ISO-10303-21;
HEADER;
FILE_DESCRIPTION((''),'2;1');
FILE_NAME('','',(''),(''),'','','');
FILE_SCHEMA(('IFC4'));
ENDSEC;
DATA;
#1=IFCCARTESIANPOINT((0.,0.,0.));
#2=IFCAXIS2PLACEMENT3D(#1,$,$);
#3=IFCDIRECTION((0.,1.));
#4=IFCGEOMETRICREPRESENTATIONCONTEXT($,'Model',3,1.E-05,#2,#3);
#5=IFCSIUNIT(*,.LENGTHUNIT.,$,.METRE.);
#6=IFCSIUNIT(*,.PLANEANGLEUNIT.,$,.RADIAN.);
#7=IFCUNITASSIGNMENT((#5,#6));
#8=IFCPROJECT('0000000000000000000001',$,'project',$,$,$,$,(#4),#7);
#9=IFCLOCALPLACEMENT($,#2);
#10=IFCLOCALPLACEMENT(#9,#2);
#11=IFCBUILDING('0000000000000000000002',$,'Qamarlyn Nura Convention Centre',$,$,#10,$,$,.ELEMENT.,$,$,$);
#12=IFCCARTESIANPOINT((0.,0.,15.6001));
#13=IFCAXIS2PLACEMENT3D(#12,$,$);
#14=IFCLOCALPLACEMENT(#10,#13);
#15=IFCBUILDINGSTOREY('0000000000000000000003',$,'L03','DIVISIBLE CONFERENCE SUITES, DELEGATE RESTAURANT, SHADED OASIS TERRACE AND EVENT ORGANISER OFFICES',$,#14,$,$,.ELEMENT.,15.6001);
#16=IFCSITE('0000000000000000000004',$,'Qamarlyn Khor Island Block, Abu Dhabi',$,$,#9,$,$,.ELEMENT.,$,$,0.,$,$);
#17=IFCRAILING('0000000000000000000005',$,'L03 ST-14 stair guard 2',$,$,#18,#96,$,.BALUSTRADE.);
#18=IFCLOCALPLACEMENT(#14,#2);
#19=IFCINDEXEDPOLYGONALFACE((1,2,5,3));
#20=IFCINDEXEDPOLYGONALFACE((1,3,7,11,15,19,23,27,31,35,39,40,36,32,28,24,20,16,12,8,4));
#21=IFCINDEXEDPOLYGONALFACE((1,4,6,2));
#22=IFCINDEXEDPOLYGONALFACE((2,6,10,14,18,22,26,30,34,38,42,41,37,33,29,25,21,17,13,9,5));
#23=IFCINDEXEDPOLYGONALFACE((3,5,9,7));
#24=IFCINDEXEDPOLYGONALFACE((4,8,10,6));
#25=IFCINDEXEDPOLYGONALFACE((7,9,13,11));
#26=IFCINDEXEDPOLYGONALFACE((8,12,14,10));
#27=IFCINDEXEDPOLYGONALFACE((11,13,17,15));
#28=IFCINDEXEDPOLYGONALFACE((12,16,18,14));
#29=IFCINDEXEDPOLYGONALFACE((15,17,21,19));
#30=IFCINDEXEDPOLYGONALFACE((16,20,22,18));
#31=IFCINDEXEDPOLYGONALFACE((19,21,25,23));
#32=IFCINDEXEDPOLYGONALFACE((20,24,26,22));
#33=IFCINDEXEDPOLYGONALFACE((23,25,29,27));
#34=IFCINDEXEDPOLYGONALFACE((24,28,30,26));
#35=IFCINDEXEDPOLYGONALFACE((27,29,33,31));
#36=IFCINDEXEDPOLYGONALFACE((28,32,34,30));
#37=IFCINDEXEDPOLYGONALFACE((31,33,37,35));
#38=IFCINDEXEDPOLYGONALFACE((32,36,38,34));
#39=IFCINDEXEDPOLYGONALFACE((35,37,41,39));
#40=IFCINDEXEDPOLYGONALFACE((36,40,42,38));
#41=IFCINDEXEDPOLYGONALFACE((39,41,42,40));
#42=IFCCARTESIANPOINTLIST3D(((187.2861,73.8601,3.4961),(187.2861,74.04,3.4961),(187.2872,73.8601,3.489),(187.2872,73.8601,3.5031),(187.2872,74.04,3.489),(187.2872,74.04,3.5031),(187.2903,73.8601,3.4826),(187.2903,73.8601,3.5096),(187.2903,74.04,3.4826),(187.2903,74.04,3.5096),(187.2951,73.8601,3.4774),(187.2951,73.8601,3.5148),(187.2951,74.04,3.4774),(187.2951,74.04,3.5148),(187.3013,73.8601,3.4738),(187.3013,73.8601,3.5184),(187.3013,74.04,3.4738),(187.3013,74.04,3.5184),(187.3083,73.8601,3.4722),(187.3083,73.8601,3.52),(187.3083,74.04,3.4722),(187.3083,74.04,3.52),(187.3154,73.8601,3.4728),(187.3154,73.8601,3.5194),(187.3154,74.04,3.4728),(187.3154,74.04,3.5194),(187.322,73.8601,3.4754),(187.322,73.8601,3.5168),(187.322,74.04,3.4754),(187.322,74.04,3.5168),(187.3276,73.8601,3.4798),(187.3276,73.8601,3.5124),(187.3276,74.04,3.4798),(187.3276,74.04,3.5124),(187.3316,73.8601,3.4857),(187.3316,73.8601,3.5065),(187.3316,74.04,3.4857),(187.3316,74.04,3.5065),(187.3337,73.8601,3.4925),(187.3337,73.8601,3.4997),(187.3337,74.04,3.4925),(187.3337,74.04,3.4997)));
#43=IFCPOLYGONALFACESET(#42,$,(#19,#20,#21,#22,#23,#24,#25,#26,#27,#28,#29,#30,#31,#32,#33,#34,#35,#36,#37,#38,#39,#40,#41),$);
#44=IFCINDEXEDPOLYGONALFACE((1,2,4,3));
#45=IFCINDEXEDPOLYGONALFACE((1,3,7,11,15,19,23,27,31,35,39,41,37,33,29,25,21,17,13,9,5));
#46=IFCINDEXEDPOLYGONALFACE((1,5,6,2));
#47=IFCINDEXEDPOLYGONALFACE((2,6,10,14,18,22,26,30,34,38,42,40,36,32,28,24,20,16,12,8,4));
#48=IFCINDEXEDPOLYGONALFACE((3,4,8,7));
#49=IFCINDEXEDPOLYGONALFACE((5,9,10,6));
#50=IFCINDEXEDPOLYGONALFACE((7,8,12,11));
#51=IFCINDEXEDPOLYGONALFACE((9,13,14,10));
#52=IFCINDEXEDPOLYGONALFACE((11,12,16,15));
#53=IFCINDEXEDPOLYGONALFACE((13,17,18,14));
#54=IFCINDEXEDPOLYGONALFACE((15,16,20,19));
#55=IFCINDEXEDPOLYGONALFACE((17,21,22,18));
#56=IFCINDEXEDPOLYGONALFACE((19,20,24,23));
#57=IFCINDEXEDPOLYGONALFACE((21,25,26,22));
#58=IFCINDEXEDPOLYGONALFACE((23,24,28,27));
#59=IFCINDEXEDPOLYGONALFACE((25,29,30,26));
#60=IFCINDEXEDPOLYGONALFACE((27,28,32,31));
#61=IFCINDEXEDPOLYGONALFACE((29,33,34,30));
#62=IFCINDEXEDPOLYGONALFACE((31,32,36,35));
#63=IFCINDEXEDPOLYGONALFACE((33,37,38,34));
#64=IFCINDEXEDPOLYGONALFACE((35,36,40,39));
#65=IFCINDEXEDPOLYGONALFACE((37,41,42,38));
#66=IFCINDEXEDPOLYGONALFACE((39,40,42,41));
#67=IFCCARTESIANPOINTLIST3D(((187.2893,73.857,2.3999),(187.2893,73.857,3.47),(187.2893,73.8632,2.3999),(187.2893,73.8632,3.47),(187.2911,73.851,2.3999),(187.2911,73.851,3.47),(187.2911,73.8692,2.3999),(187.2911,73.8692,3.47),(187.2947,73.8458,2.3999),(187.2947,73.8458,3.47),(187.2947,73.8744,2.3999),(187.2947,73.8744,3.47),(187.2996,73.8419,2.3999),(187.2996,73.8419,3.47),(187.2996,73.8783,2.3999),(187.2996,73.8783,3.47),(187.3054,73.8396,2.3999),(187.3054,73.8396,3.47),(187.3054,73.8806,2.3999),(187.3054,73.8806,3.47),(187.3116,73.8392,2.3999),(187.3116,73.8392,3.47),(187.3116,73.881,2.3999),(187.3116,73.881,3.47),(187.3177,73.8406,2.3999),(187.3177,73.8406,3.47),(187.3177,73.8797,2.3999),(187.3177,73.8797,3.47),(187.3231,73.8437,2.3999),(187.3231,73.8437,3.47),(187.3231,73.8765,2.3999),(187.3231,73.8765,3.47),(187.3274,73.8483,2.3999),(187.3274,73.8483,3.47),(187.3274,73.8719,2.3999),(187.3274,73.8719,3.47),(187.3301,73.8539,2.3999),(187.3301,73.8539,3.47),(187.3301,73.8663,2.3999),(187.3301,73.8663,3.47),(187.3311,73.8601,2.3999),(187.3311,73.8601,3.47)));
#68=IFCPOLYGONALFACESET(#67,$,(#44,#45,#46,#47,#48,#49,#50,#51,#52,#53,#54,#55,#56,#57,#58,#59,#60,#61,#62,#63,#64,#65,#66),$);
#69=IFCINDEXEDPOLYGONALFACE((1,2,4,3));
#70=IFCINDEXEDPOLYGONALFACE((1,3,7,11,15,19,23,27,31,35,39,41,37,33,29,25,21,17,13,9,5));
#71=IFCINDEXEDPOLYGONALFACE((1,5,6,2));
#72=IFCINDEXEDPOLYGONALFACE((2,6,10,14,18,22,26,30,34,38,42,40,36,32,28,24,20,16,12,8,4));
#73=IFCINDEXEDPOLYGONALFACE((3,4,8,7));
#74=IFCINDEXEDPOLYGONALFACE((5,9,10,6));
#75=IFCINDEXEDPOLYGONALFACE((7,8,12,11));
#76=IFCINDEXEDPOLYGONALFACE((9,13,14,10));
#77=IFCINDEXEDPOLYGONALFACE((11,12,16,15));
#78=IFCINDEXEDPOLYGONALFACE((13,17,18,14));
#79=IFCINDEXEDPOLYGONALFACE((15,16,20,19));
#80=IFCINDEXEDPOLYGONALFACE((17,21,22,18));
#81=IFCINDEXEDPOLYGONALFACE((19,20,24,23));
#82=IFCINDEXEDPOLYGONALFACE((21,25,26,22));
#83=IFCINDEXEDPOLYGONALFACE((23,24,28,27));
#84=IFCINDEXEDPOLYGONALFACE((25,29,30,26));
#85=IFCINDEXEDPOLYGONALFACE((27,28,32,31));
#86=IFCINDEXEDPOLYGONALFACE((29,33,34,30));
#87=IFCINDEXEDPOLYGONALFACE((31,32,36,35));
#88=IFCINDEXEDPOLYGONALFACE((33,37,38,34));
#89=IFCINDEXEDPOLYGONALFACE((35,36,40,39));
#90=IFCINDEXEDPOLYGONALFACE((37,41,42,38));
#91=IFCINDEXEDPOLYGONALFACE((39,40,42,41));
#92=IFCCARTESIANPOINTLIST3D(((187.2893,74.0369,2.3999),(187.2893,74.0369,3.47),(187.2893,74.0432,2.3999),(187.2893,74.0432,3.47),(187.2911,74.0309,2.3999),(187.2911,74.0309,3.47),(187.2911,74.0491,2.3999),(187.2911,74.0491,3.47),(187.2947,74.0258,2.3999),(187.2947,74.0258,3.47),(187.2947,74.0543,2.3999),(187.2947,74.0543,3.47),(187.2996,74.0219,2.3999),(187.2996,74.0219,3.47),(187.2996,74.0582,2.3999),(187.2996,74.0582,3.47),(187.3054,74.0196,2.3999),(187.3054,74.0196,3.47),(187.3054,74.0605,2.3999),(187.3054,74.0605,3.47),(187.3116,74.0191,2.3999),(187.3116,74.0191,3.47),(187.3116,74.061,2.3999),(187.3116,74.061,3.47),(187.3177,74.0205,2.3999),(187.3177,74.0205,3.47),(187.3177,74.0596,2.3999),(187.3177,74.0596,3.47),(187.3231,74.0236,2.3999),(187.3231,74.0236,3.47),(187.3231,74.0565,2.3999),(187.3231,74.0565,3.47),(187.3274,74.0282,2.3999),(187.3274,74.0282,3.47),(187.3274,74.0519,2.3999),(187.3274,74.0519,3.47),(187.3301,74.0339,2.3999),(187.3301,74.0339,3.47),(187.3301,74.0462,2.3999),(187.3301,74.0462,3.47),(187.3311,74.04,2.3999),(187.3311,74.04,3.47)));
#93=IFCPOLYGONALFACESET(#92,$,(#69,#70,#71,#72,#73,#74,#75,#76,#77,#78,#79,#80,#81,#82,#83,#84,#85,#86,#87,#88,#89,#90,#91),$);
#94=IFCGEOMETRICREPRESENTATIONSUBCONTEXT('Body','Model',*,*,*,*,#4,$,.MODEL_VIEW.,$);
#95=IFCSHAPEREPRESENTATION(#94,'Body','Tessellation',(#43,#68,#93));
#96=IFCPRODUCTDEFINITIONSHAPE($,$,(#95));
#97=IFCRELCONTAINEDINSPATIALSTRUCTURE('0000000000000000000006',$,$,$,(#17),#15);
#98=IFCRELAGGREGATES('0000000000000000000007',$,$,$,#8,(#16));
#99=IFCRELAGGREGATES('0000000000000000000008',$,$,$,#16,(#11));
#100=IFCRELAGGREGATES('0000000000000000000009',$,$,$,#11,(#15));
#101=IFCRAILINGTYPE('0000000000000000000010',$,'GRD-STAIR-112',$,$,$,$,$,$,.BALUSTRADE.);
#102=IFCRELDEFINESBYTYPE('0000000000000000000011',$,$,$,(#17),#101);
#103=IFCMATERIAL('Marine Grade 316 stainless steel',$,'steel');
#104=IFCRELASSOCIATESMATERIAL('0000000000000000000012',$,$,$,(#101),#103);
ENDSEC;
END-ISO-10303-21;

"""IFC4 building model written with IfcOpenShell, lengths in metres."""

from ifc_helpers import new_model, si_unit, direction, frame, origin, origin_2d, place, context, subcontext, project, spatial, circle, extrude, material, type_object, element, save


model = new_model("IFC4")

# Units and contexts
model_context = context("Model", 3, precision=1e-05, world=origin(), true_north=direction((0.0, 1.0)))
body_context = subcontext(model_context, "Body", "Model", "MODEL_VIEW")
ifc_project = project(units=[si_unit("LENGTHUNIT", "METRE"), si_unit("PLANEANGLEUNIT", "RADIAN")], contexts=[model_context])

# Site, building, storey
site_placement = place(None, origin())
site = spatial("IfcSite", under=ifc_project, at=site_placement, Name="Qamarlyn Khor Island Block, Abu Dhabi", CompositionType="ELEMENT", RefElevation=0.0)
building_placement = place(site_placement, origin())
building = spatial("IfcBuilding", under=site, at=building_placement, Name="Qamarlyn Nura Convention Centre", CompositionType="ELEMENT")
storey_placement = place(building_placement, frame((0.0, 0.0, 15.6001)))
storey = spatial("IfcBuildingStorey", under=building, at=storey_placement, Name="L03", Description="DIVISIBLE CONFERENCE SUITES, DELEGATE RESTAURANT, SHADED OASIS TERRACE AND EVENT ORGANISER OFFICES", CompositionType="ELEMENT", Elevation=15.6001)

# Railing
ifc_material_1 = material(Name="Marine Grade 316 stainless steel", Category="steel")
railing_type_1 = type_object("IfcRailingType", Name="GRD-STAIR-112", PredefinedType="BALUSTRADE", material=ifc_material_1)
railing_1_placement = place(storey_placement, frame((187.3101, 73.8601, 2.3999)))
element("IfcRailing", 1, at=railing_1_placement, inside=storey, type_object=railing_type_1, Name="L03 ST-14 stair guard 2", PredefinedType="BALUSTRADE", context=body_context, shape_type="SweptSolid", body=[
    extrude(circle(Radius=0.0239, at=origin_2d()), frame((0.0, 0.0, 1.0962), z_axis=(0.0, 1.0, 0.0), x_axis=(-1.0, 0.0, 0.0)), (0.0, 0.0, 1.0), 0.1799),
    extrude(circle(Radius=0.021, at=origin_2d()), origin(), (0.0, 0.0, 1.0), 1.0701),
    extrude(circle(Radius=0.021, at=origin_2d()), frame((0.0, 0.1799, 0.0)), (0.0, 0.0, 1.0), 1.0701),
])

save(model, "model.ifc")
